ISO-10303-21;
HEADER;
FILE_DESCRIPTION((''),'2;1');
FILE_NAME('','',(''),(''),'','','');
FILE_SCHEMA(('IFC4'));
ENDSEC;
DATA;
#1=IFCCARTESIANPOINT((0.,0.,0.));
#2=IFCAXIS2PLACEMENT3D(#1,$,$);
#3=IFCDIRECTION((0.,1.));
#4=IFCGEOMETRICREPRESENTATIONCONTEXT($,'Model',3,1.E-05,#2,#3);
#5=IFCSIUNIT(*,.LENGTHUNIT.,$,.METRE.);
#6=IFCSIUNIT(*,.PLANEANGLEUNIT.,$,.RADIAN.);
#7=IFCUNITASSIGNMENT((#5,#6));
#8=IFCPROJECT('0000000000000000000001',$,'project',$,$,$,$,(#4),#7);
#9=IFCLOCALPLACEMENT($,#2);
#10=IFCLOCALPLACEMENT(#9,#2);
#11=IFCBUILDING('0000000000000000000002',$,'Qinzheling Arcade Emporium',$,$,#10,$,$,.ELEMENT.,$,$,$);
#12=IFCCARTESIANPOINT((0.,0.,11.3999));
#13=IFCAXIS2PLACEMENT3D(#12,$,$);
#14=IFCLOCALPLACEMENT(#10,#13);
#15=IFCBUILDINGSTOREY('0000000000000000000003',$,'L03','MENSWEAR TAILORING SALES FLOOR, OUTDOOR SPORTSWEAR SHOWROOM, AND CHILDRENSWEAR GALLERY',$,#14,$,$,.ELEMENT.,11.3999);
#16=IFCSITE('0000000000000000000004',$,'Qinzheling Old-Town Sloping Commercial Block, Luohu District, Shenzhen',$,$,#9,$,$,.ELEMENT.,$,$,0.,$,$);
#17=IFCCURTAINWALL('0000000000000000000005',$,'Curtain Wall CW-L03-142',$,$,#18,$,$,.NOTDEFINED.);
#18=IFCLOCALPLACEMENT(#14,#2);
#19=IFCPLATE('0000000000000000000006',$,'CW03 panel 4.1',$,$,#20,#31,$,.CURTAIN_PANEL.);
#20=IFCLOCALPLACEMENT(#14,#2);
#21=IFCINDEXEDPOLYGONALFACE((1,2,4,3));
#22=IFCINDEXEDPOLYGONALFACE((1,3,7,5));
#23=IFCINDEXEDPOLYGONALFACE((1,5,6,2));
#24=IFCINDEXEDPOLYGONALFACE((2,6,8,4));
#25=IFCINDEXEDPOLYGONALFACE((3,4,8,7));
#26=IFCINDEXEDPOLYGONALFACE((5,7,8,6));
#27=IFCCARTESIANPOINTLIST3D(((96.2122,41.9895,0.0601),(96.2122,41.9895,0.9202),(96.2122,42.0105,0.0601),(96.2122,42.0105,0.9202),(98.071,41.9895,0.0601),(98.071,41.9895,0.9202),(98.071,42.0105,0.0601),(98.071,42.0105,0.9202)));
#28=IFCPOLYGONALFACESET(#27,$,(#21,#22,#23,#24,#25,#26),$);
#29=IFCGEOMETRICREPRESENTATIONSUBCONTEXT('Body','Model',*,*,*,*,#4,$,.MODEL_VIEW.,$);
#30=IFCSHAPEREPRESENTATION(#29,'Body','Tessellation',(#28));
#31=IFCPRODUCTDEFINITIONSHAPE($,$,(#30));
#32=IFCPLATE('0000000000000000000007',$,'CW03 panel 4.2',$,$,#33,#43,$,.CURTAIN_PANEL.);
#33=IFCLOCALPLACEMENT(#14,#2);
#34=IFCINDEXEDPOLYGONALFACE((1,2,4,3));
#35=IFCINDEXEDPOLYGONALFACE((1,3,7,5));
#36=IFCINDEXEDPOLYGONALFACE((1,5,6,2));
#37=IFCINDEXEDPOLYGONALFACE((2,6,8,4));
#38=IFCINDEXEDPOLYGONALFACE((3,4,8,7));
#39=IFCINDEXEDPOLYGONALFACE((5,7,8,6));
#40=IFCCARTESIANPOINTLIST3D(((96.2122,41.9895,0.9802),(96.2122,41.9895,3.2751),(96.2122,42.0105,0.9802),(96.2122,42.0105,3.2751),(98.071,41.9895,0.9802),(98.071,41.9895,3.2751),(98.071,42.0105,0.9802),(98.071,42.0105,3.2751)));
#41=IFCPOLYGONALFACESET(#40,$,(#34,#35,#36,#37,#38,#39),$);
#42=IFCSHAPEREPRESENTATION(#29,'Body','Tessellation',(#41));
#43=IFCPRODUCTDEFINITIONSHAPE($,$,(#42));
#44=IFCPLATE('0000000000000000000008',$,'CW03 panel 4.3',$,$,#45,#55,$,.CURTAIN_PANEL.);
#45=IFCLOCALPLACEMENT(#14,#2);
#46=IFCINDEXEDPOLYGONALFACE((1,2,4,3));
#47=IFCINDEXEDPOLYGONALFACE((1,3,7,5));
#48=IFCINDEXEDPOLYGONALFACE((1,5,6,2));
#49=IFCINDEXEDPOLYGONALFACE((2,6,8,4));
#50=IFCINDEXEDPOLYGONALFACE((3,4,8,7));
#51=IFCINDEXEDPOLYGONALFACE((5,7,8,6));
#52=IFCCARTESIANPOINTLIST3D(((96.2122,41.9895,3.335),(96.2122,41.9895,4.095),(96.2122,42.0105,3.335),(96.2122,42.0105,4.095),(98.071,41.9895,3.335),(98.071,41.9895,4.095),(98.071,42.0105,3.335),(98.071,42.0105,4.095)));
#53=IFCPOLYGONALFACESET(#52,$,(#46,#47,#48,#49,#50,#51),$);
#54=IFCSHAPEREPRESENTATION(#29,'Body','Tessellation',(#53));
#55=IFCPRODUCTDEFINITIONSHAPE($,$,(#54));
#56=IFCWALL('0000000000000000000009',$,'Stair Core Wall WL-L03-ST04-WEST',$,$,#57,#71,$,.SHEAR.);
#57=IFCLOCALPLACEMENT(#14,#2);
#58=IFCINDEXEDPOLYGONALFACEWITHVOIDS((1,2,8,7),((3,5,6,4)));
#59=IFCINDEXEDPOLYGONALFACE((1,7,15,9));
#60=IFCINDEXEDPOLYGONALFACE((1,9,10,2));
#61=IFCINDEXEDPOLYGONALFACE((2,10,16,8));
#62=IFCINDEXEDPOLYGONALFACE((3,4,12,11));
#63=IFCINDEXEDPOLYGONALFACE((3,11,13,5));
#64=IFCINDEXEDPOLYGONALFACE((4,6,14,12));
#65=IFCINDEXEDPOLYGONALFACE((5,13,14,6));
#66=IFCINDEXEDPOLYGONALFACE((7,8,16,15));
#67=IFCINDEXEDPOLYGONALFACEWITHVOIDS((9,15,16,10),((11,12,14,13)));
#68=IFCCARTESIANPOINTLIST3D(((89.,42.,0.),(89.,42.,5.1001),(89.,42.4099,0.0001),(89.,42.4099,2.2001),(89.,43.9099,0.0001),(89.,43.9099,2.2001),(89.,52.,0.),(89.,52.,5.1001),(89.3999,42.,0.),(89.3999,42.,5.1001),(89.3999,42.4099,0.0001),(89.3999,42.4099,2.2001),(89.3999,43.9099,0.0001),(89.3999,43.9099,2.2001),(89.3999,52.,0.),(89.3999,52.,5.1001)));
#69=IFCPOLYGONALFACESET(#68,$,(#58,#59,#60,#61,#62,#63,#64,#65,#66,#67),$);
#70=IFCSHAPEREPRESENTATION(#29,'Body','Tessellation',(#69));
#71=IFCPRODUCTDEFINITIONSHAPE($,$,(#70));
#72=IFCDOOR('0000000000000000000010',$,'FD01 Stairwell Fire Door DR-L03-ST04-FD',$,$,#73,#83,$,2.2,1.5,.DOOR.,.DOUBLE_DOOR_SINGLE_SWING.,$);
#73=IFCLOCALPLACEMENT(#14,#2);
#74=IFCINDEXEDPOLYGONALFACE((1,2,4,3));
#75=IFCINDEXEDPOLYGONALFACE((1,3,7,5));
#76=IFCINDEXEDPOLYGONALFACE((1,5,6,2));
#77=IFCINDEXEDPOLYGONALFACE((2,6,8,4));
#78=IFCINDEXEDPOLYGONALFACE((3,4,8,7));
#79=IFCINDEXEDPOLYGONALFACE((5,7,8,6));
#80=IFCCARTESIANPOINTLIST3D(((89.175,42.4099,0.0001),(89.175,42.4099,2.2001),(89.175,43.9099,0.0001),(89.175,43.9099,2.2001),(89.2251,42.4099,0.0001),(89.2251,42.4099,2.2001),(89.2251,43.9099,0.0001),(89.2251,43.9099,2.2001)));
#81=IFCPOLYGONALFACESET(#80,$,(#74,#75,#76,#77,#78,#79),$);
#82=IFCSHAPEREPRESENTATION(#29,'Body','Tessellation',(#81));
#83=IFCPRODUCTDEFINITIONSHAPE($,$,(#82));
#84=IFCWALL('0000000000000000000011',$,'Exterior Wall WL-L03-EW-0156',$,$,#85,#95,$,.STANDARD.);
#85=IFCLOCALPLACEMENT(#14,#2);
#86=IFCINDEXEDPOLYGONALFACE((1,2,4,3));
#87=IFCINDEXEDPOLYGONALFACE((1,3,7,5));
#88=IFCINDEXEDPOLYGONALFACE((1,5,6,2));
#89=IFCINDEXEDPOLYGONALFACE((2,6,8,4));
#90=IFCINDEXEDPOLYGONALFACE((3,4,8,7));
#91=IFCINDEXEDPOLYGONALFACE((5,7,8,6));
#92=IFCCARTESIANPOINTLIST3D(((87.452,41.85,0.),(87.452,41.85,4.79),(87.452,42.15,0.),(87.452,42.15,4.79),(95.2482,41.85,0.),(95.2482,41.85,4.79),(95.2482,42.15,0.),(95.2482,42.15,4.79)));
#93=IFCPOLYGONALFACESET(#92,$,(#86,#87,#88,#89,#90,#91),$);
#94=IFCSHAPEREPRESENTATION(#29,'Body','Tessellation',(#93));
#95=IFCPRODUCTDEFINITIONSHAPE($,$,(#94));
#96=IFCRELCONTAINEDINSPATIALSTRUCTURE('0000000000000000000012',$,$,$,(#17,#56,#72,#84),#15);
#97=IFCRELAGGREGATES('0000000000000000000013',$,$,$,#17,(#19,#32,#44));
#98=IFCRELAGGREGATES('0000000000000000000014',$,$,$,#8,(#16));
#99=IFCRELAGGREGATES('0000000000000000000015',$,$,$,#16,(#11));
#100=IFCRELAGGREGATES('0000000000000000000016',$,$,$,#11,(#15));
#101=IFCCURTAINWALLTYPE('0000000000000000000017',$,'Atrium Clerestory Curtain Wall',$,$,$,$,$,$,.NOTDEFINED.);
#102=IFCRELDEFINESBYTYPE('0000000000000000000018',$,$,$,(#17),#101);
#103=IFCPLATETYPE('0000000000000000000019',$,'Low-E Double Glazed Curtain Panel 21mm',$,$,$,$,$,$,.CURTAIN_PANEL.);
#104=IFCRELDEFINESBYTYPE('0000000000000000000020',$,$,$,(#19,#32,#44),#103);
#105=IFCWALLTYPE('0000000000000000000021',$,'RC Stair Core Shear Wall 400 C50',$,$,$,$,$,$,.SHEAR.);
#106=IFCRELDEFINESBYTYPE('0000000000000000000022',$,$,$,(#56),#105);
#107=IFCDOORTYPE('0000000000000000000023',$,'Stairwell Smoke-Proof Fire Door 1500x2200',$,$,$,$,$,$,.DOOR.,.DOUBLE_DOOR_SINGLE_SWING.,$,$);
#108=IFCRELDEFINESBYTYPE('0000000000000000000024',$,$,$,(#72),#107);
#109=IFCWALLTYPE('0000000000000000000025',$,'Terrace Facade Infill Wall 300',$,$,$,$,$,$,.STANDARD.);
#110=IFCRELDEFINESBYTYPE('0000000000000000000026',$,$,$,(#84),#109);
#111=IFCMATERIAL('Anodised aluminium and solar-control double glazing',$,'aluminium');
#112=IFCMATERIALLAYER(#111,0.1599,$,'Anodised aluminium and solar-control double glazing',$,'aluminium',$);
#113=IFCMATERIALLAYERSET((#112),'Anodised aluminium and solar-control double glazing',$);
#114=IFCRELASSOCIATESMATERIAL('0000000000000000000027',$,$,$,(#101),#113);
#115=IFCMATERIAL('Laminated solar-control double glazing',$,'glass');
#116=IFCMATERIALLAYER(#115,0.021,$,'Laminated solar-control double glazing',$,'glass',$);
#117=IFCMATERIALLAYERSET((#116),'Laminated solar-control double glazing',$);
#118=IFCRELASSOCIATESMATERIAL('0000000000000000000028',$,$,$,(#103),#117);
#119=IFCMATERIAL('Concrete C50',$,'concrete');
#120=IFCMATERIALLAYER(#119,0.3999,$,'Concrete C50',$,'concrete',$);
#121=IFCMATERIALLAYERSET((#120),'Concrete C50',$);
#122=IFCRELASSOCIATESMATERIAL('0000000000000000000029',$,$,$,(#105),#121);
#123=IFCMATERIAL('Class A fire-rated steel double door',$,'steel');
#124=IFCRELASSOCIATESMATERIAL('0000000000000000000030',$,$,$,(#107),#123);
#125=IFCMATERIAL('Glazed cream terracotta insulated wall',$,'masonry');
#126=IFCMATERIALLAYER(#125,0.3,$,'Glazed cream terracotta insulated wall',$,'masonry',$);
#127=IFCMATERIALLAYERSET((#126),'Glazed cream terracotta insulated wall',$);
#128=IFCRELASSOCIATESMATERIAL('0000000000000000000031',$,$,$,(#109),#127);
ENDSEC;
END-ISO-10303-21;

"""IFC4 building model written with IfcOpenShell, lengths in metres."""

from ifc_helpers import new_model, si_unit, direction, frame, frame_2d, origin, origin_2d, place, context, subcontext, project, spatial, rectangle, extrude, material, layer, layer_set, type_object, element, fill, aggregate, save


model = new_model("IFC4")

# Units and contexts
model_context = context("Model", 3, precision=1e-05, world=origin(), true_north=direction((0.0, 1.0)))
body_context = subcontext(model_context, "Body", "Model", "MODEL_VIEW")
ifc_project = project(units=[si_unit("LENGTHUNIT", "METRE"), si_unit("PLANEANGLEUNIT", "RADIAN")], contexts=[model_context])

# Site, building, storey
site_placement = place(None, origin())
site = spatial("IfcSite", under=ifc_project, at=site_placement, Name="Qinzheling Old-Town Sloping Commercial Block, Luohu District, Shenzhen", CompositionType="ELEMENT", RefElevation=0.0)
building_placement = place(site_placement, origin())
building = spatial("IfcBuilding", under=site, at=building_placement, Name="Qinzheling Arcade Emporium", CompositionType="ELEMENT")
storey_placement = place(building_placement, frame((0.0, 0.0, 11.3999)))
storey = spatial("IfcBuildingStorey", under=building, at=storey_placement, Name="L03", Description="MENSWEAR TAILORING SALES FLOOR, OUTDOOR SPORTSWEAR SHOWROOM, AND CHILDRENSWEAR GALLERY", CompositionType="ELEMENT", Elevation=11.3999)

# Shared definitions
ifc_material_1 = material(Name="Concrete C50", Category="concrete")

# Curtain wall
ifc_material_2 = material(Name="Anodised aluminium and solar-control double glazing", Category="aluminium")
ifc_layer_1 = layer(ifc_material_2, 0.1599, Name="Anodised aluminium and solar-control double glazing", Category="aluminium")
ifc_layer_set_1 = layer_set([ifc_layer_1], Name="Anodised aluminium and solar-control double glazing")
curtain_wall_type = type_object("IfcCurtainWallType", Name="Atrium Clerestory Curtain Wall", PredefinedType="NOTDEFINED", material=ifc_layer_set_1)
curtain_wall_placement = place(storey_placement, origin())
curtain_wall = element("IfcCurtainWall", 1, at=curtain_wall_placement, inside=storey, type_object=curtain_wall_type, Name="Curtain Wall CW-L03-142", PredefinedType="NOTDEFINED")

# Plates
ifc_material_3 = material(Name="Laminated solar-control double glazing", Category="glass")
ifc_layer_2 = layer(ifc_material_3, 0.021, Name="Laminated solar-control double glazing", Category="glass")
ifc_layer_set_2 = layer_set([ifc_layer_2], Name="Laminated solar-control double glazing")
plate_type = type_object("IfcPlateType", Name="Low-E Double Glazed Curtain Panel 21mm", PredefinedType="CURTAIN_PANEL", material=ifc_layer_set_2)
plate_1_placement = place(storey_placement, frame((97.1416, 42.0, 0.0601), z_axis=(0.0, 0.0, 1.0), x_axis=(-1.0, 0.0, 0.0)))
plate_1 = element("IfcPlate", 2, at=plate_1_placement, type_object=plate_type, Name="CW03 panel 4.1", PredefinedType="CURTAIN_PANEL", context=body_context, shape_type="SweptSolid", body=[
    extrude(rectangle(XDim=1.8589, YDim=0.021, at=origin_2d()), origin(), (0.0, 0.0, 1.0), 0.8601),
])
plate_2_placement = place(storey_placement, frame((97.1416, 42.0, 0.9802), z_axis=(0.0, 0.0, 1.0), x_axis=(-1.0, 0.0, 0.0)))
plate_2 = element("IfcPlate", 3, at=plate_2_placement, type_object=plate_type, Name="CW03 panel 4.2", PredefinedType="CURTAIN_PANEL", context=body_context, shape_type="SweptSolid", body=[
    extrude(rectangle(XDim=1.8589, YDim=0.021, at=origin_2d()), origin(), (0.0, 0.0, 1.0), 2.2949),
])
plate_3_placement = place(storey_placement, frame((97.1416, 42.0, 3.335), z_axis=(0.0, 0.0, 1.0), x_axis=(-1.0, 0.0, 0.0)))
plate_3 = element("IfcPlate", 4, at=plate_3_placement, type_object=plate_type, Name="CW03 panel 4.3", PredefinedType="CURTAIN_PANEL", context=body_context, shape_type="SweptSolid", body=[
    extrude(rectangle(XDim=1.8589, YDim=0.021, at=origin_2d()), origin(), (0.0, 0.0, 1.0), 0.76),
])
aggregate(curtain_wall, [plate_1, plate_2, plate_3])

# Wall, opening, door
ifc_layer_3 = layer(ifc_material_1, 0.3999, Name="Concrete C50", Category="concrete")
ifc_layer_set_3 = layer_set([ifc_layer_3], Name="Concrete C50")
wall_type_1 = type_object("IfcWallType", Name="RC Stair Core Shear Wall 400 C50", PredefinedType="SHEAR", material=ifc_layer_set_3)
wall_1_placement = place(storey_placement, frame((89.2, 42.0, 0.0), z_axis=(0.0, 0.0, 1.0), x_axis=(0.0, 1.0, 0.0)))
wall_1 = element("IfcWall", 5, at=wall_1_placement, inside=storey, type_object=wall_type_1, Name="Stair Core Wall WL-L03-ST04-WEST", PredefinedType="SHEAR", context=body_context, shape_type="SweptSolid", body=[
    extrude(rectangle(XDim=10.0, YDim=0.3999, at=frame_2d((5.0, 0.0))), origin(), (0.0, 0.0, 1.0), 5.1001),
])
opening_placement = place(wall_1_placement, frame((0.4099, 0.0, 0.0)))
opening = element("IfcOpeningElement", 6, at=opening_placement, cuts=wall_1, PredefinedType="OPENING", context=body_context, shape_type="SweptSolid", body=[
    extrude(rectangle(XDim=1.5, YDim=2.2, at=frame_2d((0.75, 1.1001))), frame((0.0, 0.21, 0.0), z_axis=(0.0, -1.0, 0.0), x_axis=(1.0, 0.0, 0.0)), (0.0, 0.0, 1.0), 0.4199),
])
ifc_material_4 = material(Name="Class A fire-rated steel double door", Category="steel")
door_type = type_object("IfcDoorType", Name="Stairwell Smoke-Proof Fire Door 1500x2200", OperationType="DOUBLE_DOOR_SINGLE_SWING", PredefinedType="DOOR", material=ifc_material_4)
door_placement = place(opening_placement, origin())
door = element("IfcDoor", 7, at=door_placement, inside=storey, type_object=door_type, Name="FD01 Stairwell Fire Door DR-L03-ST04-FD", OperationType="DOUBLE_DOOR_SINGLE_SWING", OverallHeight=2.2, OverallWidth=1.5, PredefinedType="DOOR", context=body_context, shape_type="SweptSolid", body=[
    extrude(rectangle(XDim=1.5, YDim=2.2, at=frame_2d((0.75, 1.1001))), frame((0.0, 0.0249, 0.0), z_axis=(0.0, -1.0, 0.0), x_axis=(1.0, 0.0, 0.0)), (0.0, 0.0, 1.0), 0.05),
])
fill(opening, door)

# Wall
ifc_material_5 = material(Name="Glazed cream terracotta insulated wall", Category="masonry")
ifc_layer_4 = layer(ifc_material_5, 0.3, Name="Glazed cream terracotta insulated wall", Category="masonry")
ifc_layer_set_4 = layer_set([ifc_layer_4], Name="Glazed cream terracotta insulated wall")
wall_type_2 = type_object("IfcWallType", Name="Terrace Facade Infill Wall 300", PredefinedType="STANDARD", material=ifc_layer_set_4)
wall_2_placement = place(storey_placement, frame((95.248, 42.0, 0.0), z_axis=(0.0, 0.0, 1.0), x_axis=(-1.0, 0.0, 0.0)))
element("IfcWall", 8, at=wall_2_placement, inside=storey, type_object=wall_type_2, Name="Exterior Wall WL-L03-EW-0156", PredefinedType="STANDARD", context=body_context, shape_type="SweptSolid", body=[
    extrude(rectangle(XDim=7.7961, YDim=0.3, at=frame_2d((3.8979, 0.0))), origin(), (0.0, 0.0, 1.0), 4.79),
])

save(model, "model.ifc")
